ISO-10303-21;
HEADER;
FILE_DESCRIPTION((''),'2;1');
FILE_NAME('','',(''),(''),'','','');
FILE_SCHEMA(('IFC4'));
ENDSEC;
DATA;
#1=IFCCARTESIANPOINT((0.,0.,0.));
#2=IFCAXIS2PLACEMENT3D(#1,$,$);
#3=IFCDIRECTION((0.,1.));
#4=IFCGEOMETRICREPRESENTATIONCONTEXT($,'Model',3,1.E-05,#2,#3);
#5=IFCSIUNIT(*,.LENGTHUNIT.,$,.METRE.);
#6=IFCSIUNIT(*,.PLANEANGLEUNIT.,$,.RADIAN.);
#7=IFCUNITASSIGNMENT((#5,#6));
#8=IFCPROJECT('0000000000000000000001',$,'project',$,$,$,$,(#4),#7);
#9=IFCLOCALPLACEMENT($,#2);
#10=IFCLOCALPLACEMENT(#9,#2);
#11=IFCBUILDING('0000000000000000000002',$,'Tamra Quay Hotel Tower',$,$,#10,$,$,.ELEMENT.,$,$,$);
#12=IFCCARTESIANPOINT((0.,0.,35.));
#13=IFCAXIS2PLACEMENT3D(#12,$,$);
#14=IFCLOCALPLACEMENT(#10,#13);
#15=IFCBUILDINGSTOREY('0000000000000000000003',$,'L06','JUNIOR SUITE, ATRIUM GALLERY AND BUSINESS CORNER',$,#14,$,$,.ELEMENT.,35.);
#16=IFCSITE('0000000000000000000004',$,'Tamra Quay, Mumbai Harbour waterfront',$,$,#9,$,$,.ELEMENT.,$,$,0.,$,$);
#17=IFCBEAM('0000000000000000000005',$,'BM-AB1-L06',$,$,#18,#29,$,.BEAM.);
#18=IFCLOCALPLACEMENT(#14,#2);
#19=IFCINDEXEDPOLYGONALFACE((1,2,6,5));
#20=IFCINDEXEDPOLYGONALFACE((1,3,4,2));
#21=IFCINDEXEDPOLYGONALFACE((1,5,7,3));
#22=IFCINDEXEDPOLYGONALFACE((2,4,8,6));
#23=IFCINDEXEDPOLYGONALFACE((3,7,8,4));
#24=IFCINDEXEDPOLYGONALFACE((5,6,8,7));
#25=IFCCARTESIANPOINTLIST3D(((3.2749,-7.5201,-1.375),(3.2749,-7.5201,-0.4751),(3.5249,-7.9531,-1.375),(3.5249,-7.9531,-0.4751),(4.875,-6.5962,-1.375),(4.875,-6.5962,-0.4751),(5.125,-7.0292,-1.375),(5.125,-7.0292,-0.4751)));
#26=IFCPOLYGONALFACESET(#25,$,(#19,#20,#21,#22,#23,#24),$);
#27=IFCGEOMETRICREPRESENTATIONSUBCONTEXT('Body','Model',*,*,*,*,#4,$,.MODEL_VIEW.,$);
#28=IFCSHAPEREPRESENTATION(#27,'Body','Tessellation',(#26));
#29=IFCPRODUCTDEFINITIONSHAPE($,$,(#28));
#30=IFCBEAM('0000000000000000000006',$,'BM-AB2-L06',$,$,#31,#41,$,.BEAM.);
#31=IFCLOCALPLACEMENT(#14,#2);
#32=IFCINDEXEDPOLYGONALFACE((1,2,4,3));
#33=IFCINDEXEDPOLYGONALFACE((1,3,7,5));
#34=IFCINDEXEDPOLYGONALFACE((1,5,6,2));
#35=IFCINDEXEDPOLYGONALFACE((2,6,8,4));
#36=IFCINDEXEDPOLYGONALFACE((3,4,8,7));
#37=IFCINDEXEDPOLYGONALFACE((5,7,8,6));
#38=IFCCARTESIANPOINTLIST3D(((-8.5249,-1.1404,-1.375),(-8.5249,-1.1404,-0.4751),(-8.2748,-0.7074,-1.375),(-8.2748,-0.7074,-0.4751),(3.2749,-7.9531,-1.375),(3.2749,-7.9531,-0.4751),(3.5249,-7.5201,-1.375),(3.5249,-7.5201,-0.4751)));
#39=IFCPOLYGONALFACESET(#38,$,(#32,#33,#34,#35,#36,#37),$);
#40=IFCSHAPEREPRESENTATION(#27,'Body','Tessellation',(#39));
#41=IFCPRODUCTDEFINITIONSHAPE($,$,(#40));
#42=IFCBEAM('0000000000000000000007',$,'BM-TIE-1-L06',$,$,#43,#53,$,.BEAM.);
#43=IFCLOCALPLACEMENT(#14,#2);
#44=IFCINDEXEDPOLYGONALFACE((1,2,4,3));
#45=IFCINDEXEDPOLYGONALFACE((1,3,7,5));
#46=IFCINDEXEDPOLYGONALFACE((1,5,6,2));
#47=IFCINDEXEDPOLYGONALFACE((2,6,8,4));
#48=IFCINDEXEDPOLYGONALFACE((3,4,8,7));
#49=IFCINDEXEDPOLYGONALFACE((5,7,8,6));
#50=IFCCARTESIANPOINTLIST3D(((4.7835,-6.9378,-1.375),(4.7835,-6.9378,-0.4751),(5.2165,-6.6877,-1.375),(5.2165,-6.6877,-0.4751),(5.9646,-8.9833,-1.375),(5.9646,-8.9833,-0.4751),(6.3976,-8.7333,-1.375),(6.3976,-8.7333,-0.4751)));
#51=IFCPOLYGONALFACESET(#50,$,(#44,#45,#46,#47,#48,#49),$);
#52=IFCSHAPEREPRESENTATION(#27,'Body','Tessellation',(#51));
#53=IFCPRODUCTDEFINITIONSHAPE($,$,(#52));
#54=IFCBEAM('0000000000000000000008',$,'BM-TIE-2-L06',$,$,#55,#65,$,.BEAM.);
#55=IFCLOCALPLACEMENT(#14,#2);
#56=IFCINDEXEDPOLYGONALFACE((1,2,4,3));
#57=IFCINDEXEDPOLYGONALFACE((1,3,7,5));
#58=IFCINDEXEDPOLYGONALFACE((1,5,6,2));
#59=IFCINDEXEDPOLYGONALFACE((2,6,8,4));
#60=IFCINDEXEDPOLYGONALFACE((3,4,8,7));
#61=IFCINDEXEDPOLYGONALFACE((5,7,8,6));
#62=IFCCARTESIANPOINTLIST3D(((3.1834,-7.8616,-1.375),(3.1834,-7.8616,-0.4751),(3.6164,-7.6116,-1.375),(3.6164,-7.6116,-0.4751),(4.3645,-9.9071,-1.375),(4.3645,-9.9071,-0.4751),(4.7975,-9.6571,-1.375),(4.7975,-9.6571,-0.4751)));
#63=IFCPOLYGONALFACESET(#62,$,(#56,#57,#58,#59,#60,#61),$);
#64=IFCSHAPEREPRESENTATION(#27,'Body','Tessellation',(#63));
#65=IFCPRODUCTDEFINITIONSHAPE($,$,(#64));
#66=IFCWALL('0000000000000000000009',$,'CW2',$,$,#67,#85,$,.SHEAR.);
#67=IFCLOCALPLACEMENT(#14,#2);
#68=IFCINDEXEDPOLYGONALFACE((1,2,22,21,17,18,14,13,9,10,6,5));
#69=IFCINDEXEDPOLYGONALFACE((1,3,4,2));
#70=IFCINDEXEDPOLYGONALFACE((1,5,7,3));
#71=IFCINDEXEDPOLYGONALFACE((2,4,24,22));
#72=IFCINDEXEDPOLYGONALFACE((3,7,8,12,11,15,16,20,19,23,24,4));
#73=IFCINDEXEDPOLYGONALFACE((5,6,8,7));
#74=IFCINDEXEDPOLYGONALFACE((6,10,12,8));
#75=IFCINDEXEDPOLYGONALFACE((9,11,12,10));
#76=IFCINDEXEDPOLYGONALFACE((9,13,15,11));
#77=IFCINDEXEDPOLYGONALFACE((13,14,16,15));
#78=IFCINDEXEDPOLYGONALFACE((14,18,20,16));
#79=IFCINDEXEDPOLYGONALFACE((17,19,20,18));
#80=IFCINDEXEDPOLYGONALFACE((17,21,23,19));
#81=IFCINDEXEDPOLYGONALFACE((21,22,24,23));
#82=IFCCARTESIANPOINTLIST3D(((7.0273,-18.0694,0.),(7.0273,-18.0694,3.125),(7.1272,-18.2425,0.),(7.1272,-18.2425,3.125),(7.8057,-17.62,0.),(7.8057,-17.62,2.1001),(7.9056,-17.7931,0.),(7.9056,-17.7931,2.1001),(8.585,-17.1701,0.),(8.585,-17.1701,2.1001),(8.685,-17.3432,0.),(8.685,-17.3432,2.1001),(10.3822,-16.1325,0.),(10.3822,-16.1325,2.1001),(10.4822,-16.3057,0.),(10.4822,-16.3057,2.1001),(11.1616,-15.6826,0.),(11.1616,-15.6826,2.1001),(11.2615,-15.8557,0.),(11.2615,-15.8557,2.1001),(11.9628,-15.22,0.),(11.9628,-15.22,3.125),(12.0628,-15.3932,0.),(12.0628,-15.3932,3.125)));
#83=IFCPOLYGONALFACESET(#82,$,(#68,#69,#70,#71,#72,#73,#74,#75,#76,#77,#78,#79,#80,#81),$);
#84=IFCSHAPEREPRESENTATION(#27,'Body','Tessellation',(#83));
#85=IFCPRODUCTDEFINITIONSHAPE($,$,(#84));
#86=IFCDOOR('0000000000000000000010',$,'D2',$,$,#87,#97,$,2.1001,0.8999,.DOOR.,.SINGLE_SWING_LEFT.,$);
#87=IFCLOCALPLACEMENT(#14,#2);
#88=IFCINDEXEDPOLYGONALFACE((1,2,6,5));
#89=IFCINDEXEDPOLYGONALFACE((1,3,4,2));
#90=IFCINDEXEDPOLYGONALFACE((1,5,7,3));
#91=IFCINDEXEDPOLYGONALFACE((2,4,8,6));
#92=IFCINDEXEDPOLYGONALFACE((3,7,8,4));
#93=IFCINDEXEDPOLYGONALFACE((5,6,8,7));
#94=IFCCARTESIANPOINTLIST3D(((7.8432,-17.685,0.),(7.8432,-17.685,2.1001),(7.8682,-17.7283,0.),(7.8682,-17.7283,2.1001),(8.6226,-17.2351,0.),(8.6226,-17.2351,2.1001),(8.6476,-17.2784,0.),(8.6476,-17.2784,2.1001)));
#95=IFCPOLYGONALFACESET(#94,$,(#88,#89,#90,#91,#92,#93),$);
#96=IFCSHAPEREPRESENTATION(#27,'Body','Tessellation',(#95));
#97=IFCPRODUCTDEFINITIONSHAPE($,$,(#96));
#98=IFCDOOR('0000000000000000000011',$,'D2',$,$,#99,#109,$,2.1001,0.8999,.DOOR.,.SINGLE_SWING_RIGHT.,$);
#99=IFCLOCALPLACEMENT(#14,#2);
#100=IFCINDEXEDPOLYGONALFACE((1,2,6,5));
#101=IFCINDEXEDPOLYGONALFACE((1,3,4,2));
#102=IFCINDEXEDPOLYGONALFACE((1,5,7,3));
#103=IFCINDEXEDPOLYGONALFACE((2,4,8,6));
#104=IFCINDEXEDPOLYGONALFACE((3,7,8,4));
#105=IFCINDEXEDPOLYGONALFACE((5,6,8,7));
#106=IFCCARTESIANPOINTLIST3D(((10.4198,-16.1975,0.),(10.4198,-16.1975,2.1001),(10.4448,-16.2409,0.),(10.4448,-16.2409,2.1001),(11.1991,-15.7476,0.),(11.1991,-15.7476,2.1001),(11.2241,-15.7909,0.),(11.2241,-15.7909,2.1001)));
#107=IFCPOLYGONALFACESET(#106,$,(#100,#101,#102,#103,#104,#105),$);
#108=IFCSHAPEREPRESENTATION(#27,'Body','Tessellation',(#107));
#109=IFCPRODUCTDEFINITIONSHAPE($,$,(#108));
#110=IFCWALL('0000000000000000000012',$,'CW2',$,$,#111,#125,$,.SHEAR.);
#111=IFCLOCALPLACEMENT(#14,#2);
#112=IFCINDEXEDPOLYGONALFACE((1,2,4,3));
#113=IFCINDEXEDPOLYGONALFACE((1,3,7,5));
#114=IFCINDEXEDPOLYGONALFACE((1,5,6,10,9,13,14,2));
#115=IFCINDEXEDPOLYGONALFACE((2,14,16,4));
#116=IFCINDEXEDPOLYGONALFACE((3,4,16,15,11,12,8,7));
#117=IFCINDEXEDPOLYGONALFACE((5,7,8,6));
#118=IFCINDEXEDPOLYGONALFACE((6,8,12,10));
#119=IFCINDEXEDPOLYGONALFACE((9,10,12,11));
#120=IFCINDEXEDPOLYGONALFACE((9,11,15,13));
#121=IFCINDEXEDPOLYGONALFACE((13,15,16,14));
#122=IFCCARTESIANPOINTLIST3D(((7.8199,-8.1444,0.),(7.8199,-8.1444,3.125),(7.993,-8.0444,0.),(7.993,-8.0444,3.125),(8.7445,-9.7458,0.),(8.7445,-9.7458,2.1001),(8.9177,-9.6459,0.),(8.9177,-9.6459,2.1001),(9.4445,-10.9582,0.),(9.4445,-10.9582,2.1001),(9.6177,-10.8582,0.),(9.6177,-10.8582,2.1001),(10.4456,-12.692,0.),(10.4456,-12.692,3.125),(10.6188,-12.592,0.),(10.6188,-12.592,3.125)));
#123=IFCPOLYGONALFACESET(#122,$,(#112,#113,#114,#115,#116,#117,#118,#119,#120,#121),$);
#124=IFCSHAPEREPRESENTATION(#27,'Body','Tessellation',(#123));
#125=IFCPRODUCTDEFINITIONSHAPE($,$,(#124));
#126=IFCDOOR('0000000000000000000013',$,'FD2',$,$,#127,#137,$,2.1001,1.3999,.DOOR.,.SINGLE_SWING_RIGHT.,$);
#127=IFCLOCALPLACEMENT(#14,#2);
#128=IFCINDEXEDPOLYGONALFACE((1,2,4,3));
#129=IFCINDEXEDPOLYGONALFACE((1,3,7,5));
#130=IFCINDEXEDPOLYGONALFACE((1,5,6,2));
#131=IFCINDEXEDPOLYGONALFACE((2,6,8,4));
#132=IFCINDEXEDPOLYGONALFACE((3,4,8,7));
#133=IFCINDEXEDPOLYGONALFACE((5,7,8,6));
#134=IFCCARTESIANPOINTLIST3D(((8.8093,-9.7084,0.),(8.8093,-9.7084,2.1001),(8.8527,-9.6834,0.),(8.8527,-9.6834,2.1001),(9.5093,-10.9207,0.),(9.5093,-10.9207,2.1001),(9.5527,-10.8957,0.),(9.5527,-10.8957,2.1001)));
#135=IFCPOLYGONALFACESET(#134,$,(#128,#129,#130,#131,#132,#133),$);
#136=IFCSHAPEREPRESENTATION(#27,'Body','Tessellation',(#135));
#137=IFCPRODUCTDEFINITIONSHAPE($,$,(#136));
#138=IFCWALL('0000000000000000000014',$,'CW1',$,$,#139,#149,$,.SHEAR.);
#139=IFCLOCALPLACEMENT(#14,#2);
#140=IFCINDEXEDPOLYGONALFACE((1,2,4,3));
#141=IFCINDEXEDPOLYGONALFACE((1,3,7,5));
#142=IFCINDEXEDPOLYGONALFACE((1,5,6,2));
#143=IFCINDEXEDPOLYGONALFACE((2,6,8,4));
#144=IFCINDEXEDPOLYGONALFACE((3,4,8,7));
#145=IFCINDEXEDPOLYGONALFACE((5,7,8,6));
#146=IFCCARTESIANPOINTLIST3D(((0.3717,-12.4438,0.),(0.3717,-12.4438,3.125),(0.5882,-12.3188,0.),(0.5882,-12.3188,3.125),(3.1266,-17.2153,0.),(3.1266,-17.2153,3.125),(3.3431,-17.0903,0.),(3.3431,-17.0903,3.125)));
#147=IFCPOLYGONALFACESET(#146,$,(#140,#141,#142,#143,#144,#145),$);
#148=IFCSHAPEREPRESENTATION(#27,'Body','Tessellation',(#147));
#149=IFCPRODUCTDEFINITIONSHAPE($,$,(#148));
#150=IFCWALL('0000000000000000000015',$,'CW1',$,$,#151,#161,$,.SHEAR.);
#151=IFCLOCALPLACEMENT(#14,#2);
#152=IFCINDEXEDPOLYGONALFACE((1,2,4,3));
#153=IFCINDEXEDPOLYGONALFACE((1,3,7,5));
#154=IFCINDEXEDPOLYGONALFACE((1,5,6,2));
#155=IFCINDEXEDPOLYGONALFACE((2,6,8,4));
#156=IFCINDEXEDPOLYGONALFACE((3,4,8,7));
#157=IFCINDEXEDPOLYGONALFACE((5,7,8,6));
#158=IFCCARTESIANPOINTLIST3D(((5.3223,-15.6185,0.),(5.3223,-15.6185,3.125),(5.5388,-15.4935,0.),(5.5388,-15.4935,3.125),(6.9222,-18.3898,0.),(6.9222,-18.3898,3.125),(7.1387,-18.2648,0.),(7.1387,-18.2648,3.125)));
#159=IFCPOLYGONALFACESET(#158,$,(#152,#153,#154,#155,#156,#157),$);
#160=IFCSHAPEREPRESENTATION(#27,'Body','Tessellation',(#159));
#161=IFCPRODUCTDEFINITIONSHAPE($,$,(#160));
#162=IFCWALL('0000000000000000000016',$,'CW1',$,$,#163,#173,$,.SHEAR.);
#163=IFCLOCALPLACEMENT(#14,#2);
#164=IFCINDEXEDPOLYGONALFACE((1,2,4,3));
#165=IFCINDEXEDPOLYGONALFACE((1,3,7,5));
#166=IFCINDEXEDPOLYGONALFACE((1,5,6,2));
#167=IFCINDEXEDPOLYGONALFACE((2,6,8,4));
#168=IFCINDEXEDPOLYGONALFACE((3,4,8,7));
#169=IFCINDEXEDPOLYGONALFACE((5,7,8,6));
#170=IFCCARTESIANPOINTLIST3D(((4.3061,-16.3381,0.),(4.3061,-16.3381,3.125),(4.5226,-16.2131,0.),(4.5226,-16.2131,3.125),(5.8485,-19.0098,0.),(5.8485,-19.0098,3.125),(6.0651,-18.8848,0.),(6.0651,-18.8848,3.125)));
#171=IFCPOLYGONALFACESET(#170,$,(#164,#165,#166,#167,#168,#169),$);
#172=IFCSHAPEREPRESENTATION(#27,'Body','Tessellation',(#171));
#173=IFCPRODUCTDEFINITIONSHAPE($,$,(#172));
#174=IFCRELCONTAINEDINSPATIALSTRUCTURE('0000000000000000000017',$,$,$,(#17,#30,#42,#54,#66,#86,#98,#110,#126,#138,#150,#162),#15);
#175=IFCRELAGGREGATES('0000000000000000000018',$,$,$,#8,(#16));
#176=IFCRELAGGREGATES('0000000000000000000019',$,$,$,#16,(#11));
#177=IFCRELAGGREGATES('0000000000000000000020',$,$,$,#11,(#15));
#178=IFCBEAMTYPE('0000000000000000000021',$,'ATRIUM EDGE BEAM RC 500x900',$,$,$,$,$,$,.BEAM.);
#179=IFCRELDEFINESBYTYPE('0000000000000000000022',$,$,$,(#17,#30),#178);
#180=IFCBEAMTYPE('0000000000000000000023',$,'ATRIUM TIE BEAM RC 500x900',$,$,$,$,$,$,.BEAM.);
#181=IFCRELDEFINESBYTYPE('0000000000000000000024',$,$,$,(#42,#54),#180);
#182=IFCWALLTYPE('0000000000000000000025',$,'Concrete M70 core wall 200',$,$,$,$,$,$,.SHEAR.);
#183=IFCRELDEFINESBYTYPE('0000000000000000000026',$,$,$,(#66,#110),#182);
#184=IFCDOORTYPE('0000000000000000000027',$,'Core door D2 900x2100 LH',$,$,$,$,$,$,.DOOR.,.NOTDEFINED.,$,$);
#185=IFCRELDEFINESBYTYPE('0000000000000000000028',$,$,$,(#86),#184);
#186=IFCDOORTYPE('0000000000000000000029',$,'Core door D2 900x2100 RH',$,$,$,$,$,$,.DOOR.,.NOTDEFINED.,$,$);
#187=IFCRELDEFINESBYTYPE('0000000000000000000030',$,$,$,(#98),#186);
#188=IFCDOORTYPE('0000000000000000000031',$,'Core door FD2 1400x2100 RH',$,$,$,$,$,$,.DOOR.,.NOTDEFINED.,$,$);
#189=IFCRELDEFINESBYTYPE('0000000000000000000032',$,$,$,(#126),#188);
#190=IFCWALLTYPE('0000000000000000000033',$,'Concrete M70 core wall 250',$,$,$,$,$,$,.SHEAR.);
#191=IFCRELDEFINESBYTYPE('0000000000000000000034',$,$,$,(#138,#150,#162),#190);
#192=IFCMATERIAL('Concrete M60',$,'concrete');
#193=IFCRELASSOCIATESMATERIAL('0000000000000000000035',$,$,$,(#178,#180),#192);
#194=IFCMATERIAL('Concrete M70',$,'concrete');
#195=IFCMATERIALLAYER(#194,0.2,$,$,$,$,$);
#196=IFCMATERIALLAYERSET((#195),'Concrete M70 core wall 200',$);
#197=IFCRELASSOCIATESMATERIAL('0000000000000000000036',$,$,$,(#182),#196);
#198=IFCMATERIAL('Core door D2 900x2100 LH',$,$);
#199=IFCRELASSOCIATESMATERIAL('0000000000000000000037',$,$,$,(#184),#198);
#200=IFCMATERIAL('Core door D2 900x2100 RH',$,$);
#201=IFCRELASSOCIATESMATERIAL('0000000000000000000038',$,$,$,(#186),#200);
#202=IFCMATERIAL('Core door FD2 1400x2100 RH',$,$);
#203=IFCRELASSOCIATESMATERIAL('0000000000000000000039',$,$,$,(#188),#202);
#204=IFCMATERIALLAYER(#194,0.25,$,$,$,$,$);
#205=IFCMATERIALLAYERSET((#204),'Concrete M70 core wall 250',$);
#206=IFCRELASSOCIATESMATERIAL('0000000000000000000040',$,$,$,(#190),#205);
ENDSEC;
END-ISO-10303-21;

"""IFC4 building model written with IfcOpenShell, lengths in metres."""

from ifc_helpers import new_model, si_unit, direction, frame, frame_2d, origin, origin_2d, place, context, subcontext, project, spatial, rectangle, extrude, material, layer, layer_set, material_profile, profile_set, type_object, element, fill, save


model = new_model("IFC4")

# Units and contexts
model_context = context("Model", 3, precision=1e-05, world=origin(), true_north=direction((0.0, 1.0)))
body_context = subcontext(model_context, "Body", "Model", "MODEL_VIEW")
ifc_project = project(units=[si_unit("LENGTHUNIT", "METRE"), si_unit("PLANEANGLEUNIT", "RADIAN")], contexts=[model_context])

# Site, building, storey
site_placement = place(None, origin())
site = spatial("IfcSite", under=ifc_project, at=site_placement, Name="Tamra Quay, Mumbai Harbour waterfront", CompositionType="ELEMENT", RefElevation=0.0)
building_placement = place(site_placement, origin())
building = spatial("IfcBuilding", under=site, at=building_placement, Name="Tamra Quay Hotel Tower", CompositionType="ELEMENT")
storey_placement = place(building_placement, frame((0.0, 0.0, 35.0)))
storey = spatial("IfcBuildingStorey", under=building, at=storey_placement, Name="L06", Description="JUNIOR SUITE, ATRIUM GALLERY AND BUSINESS CORNER", CompositionType="ELEMENT", Elevation=35.0)

# Beams
ifc_material_1 = material(Name="Concrete M60", Category="concrete")
ifc_material_profile_1 = material_profile(ifc_material_1, rectangle(XDim=0.5, YDim=0.8999, at=origin_2d()), Name="ATRIUM EDGE BEAM RC 500x900")
ifc_profile_set_1 = profile_set([ifc_material_profile_1], Name="Concrete M60")
beam_type_1 = type_object("IfcBeamType", Name="ATRIUM EDGE BEAM RC 500x900", PredefinedType="BEAM", material=ifc_profile_set_1)
beam_1_placement = place(storey_placement, frame((5.0, -6.8127, -0.925), z_axis=(-0.866023, -0.500005, 0.0), x_axis=(0.500005, -0.866023, 0.0)))
element("IfcBeam", 1, at=beam_1_placement, inside=storey, type_object=beam_type_1, Name="BM-AB1-L06", PredefinedType="BEAM", context=body_context, shape_type="SweptSolid", body=[
    extrude(rectangle(XDim=0.5, YDim=0.8999, at=origin_2d()), origin(), (0.0, 0.0, 1.0), 1.8477),
])
beam_2_placement = place(storey_placement, frame((3.3999, -7.7366, -0.925), z_axis=(-0.866021, 0.500007, 0.0), x_axis=(-0.500007, -0.866021, 0.0)))
element("IfcBeam", 2, at=beam_2_placement, inside=storey, type_object=beam_type_1, Name="BM-AB2-L06", PredefinedType="BEAM", context=body_context, shape_type="SweptSolid", body=[
    extrude(rectangle(XDim=0.5, YDim=0.8999, at=origin_2d()), origin(), (0.0, 0.0, 1.0), 13.6252),
])
ifc_material_profile_2 = material_profile(ifc_material_1, rectangle(XDim=0.5, YDim=0.8999, at=origin_2d()), Name="ATRIUM TIE BEAM RC 500x900")
ifc_profile_set_2 = profile_set([ifc_material_profile_2], Name="Concrete M60")
beam_type_2 = type_object("IfcBeamType", Name="ATRIUM TIE BEAM RC 500x900", PredefinedType="BEAM", material=ifc_profile_set_2)
for number, where, z_axis, x_axis, name in (
    (3, (5.0, -6.8127, -0.925), (0.50003, -0.866008, 0.0), (0.866008, 0.50003, 0.0), "BM-TIE-1-L06"),
    (4, (3.3999, -7.7366, -0.925), (0.50003, -0.866008, 0.0), (0.866008, 0.50003, 0.0), "BM-TIE-2-L06"),
):
    element("IfcBeam", number, at=place(storey_placement, frame(where, z_axis=z_axis, x_axis=x_axis)), inside=storey, type_object=beam_type_2, Name=name, PredefinedType="BEAM", context=body_context, shape_type="SweptSolid", body=[
        extrude(rectangle(XDim=0.5, YDim=0.8999, at=origin_2d()), origin(), (0.0, 0.0, 1.0), 2.3621),
    ])

# Wall, openings, doors
ifc_material_2 = material(Name="Concrete M70", Category="concrete")
ifc_layer_1 = layer(ifc_material_2, 0.2)
ifc_layer_set_1 = layer_set([ifc_layer_1], Name="Concrete M70 core wall 200")
wall_type_1 = type_object("IfcWallType", Name="Concrete M70 core wall 200", PredefinedType="SHEAR", material=ifc_layer_set_1)
wall_1_placement = place(storey_placement, frame((7.0771, -18.156, 0.0), z_axis=(0.0, 0.0, 1.0), x_axis=(0.866039, 0.499977, 0.0)))
wall_1 = element("IfcWall", 5, at=wall_1_placement, inside=storey, type_object=wall_type_1, Name="CW2", PredefinedType="SHEAR", context=body_context, shape_type="SweptSolid", body=[
    extrude(rectangle(XDim=5.699, YDim=0.2, at=frame_2d((2.8496, 0.0))), origin(), (0.0, 0.0, 1.0), 3.125),
])
opening_1_placement = place(wall_1_placement, frame((0.8989, 0.0, 0.0)))
opening_1 = element("IfcOpeningElement", 6, at=opening_1_placement, cuts=wall_1, PredefinedType="OPENING", context=body_context, shape_type="SweptSolid", body=[
    extrude(rectangle(XDim=0.8999, YDim=2.1001, at=frame_2d((0.45, 1.05))), frame((0.0, 0.1099, 0.0), z_axis=(0.0, -1.0, 0.0), x_axis=(1.0, 0.0, 0.0)), (0.0, 0.0, 1.0), 0.22),
])
opening_2_placement = place(wall_1_placement, frame((3.874, 0.0, 0.0)))
opening_2 = element("IfcOpeningElement", 7, at=opening_2_placement, cuts=wall_1, PredefinedType="OPENING", context=body_context, shape_type="SweptSolid", body=[
    extrude(rectangle(XDim=0.8999, YDim=2.1001, at=frame_2d((0.45, 1.05))), frame((0.0, 0.1099, 0.0), z_axis=(0.0, -1.0, 0.0), x_axis=(1.0, 0.0, 0.0)), (0.0, 0.0, 1.0), 0.22),
])
ifc_material_3 = material(Name="Core door D2 900x2100 LH")
door_type_1 = type_object("IfcDoorType", Name="Core door D2 900x2100 LH", OperationType="NOTDEFINED", PredefinedType="DOOR", material=ifc_material_3)
door_1_placement = place(opening_1_placement, origin())
door_1 = element("IfcDoor", 8, at=door_1_placement, inside=storey, type_object=door_type_1, Name="D2", OperationType="SINGLE_SWING_LEFT", OverallHeight=2.1001, OverallWidth=0.8999, PredefinedType="DOOR", context=body_context, shape_type="SweptSolid", body=[
    extrude(rectangle(XDim=0.8999, YDim=2.1001, at=frame_2d((0.45, 1.05))), frame((0.0, 0.0249, 0.0), z_axis=(0.0, -1.0, 0.0), x_axis=(1.0, 0.0, 0.0)), (0.0, 0.0, 1.0), 0.05),
])
fill(opening_1, door_1)
ifc_material_4 = material(Name="Core door D2 900x2100 RH")
door_type_2 = type_object("IfcDoorType", Name="Core door D2 900x2100 RH", OperationType="NOTDEFINED", PredefinedType="DOOR", material=ifc_material_4)
door_2_placement = place(opening_2_placement, origin())
door_2 = element("IfcDoor", 9, at=door_2_placement, inside=storey, type_object=door_type_2, Name="D2", OperationType="SINGLE_SWING_RIGHT", OverallHeight=2.1001, OverallWidth=0.8999, PredefinedType="DOOR", context=body_context, shape_type="SweptSolid", body=[
    extrude(rectangle(XDim=0.8999, YDim=2.1001, at=frame_2d((0.45, 1.05))), frame((0.0, 0.0249, 0.0), z_axis=(0.0, -1.0, 0.0), x_axis=(1.0, 0.0, 0.0)), (0.0, 0.0, 1.0), 0.05),
])
fill(opening_2, door_2)

# Wall, opening, door
wall_2_placement = place(storey_placement, frame((7.9065, -8.0945, 0.0), z_axis=(0.0, 0.0, 1.0), x_axis=(0.500024, -0.866011, 0.0)))
wall_2 = element("IfcWall", 10, at=wall_2_placement, inside=storey, type_object=wall_type_1, Name="CW2", PredefinedType="SHEAR", context=body_context, shape_type="SweptSolid", body=[
    extrude(rectangle(XDim=5.2512, YDim=0.2, at=frame_2d((2.6255, 0.0))), origin(), (0.0, 0.0, 1.0), 3.125),
])
opening_3_placement = place(wall_2_placement, frame((1.8491, 0.0, 0.0)))
opening_3 = element("IfcOpeningElement", 11, at=opening_3_placement, cuts=wall_2, PredefinedType="OPENING", context=body_context, shape_type="SweptSolid", body=[
    extrude(rectangle(XDim=1.3999, YDim=2.1001, at=frame_2d((0.7, 1.05))), frame((0.0, 0.1099, 0.0), z_axis=(0.0, -1.0, 0.0), x_axis=(1.0, 0.0, 0.0)), (0.0, 0.0, 1.0), 0.22),
])
ifc_material_5 = material(Name="Core door FD2 1400x2100 RH")
door_type_3 = type_object("IfcDoorType", Name="Core door FD2 1400x2100 RH", OperationType="NOTDEFINED", PredefinedType="DOOR", material=ifc_material_5)
door_3_placement = place(opening_3_placement, origin())
door_3 = element("IfcDoor", 12, at=door_3_placement, inside=storey, type_object=door_type_3, Name="FD2", OperationType="SINGLE_SWING_RIGHT", OverallHeight=2.1001, OverallWidth=1.3999, PredefinedType="DOOR", context=body_context, shape_type="SweptSolid", body=[
    extrude(rectangle(XDim=1.3999, YDim=2.1001, at=frame_2d((0.7, 1.05))), frame((0.0, 0.0249, 0.0), z_axis=(0.0, -1.0, 0.0), x_axis=(1.0, 0.0, 0.0)), (0.0, 0.0, 1.0), 0.05),
])
fill(opening_3, door_3)

# Walls
ifc_layer_2 = layer(ifc_material_2, 0.25)
ifc_layer_set_2 = layer_set([ifc_layer_2], Name="Concrete M70 core wall 250")
wall_type_2 = type_object("IfcWallType", Name="Concrete M70 core wall 250", PredefinedType="SHEAR", material=ifc_layer_set_2)
wall_3_placement = place(storey_placement, frame((3.2349, -17.1528, 0.0), z_axis=(0.0, 0.0, 1.0), x_axis=(-0.500009, 0.86602, 0.0)))
element("IfcWall", 13, at=wall_3_placement, inside=storey, type_object=wall_type_2, Name="CW1", PredefinedType="SHEAR", context=body_context, shape_type="SweptSolid", body=[
    extrude(rectangle(XDim=5.5098, YDim=0.25, at=frame_2d((2.7549, 0.0))), origin(), (0.0, 0.0, 1.0), 3.125),
])
wall_4_placement = place(storey_placement, frame((7.0305, -18.3274, 0.0), z_axis=(0.0, 0.0, 1.0), x_axis=(-0.499971, 0.866042, 0.0)))
element("IfcWall", 14, at=wall_4_placement, inside=storey, type_object=wall_type_2, Name="CW1", PredefinedType="SHEAR", context=body_context, shape_type="SweptSolid", body=[
    extrude(rectangle(XDim=3.2, YDim=0.25, at=frame_2d((1.6001, 0.0))), origin(), (0.0, 0.0, 1.0), 3.125),
])
wall_5_placement = place(storey_placement, frame((4.4143, -16.2756, 0.0), z_axis=(0.0, 0.0, 1.0), x_axis=(0.500003, -0.866023, 0.0)))
element("IfcWall", 15, at=wall_5_placement, inside=storey, type_object=wall_type_2, Name="CW1", PredefinedType="SHEAR", context=body_context, shape_type="SweptSolid", body=[
    extrude(rectangle(XDim=3.085, YDim=0.25, at=frame_2d((1.5425, 0.0))), origin(), (0.0, 0.0, 1.0), 3.125),
])

save(model, "model.ifc")
